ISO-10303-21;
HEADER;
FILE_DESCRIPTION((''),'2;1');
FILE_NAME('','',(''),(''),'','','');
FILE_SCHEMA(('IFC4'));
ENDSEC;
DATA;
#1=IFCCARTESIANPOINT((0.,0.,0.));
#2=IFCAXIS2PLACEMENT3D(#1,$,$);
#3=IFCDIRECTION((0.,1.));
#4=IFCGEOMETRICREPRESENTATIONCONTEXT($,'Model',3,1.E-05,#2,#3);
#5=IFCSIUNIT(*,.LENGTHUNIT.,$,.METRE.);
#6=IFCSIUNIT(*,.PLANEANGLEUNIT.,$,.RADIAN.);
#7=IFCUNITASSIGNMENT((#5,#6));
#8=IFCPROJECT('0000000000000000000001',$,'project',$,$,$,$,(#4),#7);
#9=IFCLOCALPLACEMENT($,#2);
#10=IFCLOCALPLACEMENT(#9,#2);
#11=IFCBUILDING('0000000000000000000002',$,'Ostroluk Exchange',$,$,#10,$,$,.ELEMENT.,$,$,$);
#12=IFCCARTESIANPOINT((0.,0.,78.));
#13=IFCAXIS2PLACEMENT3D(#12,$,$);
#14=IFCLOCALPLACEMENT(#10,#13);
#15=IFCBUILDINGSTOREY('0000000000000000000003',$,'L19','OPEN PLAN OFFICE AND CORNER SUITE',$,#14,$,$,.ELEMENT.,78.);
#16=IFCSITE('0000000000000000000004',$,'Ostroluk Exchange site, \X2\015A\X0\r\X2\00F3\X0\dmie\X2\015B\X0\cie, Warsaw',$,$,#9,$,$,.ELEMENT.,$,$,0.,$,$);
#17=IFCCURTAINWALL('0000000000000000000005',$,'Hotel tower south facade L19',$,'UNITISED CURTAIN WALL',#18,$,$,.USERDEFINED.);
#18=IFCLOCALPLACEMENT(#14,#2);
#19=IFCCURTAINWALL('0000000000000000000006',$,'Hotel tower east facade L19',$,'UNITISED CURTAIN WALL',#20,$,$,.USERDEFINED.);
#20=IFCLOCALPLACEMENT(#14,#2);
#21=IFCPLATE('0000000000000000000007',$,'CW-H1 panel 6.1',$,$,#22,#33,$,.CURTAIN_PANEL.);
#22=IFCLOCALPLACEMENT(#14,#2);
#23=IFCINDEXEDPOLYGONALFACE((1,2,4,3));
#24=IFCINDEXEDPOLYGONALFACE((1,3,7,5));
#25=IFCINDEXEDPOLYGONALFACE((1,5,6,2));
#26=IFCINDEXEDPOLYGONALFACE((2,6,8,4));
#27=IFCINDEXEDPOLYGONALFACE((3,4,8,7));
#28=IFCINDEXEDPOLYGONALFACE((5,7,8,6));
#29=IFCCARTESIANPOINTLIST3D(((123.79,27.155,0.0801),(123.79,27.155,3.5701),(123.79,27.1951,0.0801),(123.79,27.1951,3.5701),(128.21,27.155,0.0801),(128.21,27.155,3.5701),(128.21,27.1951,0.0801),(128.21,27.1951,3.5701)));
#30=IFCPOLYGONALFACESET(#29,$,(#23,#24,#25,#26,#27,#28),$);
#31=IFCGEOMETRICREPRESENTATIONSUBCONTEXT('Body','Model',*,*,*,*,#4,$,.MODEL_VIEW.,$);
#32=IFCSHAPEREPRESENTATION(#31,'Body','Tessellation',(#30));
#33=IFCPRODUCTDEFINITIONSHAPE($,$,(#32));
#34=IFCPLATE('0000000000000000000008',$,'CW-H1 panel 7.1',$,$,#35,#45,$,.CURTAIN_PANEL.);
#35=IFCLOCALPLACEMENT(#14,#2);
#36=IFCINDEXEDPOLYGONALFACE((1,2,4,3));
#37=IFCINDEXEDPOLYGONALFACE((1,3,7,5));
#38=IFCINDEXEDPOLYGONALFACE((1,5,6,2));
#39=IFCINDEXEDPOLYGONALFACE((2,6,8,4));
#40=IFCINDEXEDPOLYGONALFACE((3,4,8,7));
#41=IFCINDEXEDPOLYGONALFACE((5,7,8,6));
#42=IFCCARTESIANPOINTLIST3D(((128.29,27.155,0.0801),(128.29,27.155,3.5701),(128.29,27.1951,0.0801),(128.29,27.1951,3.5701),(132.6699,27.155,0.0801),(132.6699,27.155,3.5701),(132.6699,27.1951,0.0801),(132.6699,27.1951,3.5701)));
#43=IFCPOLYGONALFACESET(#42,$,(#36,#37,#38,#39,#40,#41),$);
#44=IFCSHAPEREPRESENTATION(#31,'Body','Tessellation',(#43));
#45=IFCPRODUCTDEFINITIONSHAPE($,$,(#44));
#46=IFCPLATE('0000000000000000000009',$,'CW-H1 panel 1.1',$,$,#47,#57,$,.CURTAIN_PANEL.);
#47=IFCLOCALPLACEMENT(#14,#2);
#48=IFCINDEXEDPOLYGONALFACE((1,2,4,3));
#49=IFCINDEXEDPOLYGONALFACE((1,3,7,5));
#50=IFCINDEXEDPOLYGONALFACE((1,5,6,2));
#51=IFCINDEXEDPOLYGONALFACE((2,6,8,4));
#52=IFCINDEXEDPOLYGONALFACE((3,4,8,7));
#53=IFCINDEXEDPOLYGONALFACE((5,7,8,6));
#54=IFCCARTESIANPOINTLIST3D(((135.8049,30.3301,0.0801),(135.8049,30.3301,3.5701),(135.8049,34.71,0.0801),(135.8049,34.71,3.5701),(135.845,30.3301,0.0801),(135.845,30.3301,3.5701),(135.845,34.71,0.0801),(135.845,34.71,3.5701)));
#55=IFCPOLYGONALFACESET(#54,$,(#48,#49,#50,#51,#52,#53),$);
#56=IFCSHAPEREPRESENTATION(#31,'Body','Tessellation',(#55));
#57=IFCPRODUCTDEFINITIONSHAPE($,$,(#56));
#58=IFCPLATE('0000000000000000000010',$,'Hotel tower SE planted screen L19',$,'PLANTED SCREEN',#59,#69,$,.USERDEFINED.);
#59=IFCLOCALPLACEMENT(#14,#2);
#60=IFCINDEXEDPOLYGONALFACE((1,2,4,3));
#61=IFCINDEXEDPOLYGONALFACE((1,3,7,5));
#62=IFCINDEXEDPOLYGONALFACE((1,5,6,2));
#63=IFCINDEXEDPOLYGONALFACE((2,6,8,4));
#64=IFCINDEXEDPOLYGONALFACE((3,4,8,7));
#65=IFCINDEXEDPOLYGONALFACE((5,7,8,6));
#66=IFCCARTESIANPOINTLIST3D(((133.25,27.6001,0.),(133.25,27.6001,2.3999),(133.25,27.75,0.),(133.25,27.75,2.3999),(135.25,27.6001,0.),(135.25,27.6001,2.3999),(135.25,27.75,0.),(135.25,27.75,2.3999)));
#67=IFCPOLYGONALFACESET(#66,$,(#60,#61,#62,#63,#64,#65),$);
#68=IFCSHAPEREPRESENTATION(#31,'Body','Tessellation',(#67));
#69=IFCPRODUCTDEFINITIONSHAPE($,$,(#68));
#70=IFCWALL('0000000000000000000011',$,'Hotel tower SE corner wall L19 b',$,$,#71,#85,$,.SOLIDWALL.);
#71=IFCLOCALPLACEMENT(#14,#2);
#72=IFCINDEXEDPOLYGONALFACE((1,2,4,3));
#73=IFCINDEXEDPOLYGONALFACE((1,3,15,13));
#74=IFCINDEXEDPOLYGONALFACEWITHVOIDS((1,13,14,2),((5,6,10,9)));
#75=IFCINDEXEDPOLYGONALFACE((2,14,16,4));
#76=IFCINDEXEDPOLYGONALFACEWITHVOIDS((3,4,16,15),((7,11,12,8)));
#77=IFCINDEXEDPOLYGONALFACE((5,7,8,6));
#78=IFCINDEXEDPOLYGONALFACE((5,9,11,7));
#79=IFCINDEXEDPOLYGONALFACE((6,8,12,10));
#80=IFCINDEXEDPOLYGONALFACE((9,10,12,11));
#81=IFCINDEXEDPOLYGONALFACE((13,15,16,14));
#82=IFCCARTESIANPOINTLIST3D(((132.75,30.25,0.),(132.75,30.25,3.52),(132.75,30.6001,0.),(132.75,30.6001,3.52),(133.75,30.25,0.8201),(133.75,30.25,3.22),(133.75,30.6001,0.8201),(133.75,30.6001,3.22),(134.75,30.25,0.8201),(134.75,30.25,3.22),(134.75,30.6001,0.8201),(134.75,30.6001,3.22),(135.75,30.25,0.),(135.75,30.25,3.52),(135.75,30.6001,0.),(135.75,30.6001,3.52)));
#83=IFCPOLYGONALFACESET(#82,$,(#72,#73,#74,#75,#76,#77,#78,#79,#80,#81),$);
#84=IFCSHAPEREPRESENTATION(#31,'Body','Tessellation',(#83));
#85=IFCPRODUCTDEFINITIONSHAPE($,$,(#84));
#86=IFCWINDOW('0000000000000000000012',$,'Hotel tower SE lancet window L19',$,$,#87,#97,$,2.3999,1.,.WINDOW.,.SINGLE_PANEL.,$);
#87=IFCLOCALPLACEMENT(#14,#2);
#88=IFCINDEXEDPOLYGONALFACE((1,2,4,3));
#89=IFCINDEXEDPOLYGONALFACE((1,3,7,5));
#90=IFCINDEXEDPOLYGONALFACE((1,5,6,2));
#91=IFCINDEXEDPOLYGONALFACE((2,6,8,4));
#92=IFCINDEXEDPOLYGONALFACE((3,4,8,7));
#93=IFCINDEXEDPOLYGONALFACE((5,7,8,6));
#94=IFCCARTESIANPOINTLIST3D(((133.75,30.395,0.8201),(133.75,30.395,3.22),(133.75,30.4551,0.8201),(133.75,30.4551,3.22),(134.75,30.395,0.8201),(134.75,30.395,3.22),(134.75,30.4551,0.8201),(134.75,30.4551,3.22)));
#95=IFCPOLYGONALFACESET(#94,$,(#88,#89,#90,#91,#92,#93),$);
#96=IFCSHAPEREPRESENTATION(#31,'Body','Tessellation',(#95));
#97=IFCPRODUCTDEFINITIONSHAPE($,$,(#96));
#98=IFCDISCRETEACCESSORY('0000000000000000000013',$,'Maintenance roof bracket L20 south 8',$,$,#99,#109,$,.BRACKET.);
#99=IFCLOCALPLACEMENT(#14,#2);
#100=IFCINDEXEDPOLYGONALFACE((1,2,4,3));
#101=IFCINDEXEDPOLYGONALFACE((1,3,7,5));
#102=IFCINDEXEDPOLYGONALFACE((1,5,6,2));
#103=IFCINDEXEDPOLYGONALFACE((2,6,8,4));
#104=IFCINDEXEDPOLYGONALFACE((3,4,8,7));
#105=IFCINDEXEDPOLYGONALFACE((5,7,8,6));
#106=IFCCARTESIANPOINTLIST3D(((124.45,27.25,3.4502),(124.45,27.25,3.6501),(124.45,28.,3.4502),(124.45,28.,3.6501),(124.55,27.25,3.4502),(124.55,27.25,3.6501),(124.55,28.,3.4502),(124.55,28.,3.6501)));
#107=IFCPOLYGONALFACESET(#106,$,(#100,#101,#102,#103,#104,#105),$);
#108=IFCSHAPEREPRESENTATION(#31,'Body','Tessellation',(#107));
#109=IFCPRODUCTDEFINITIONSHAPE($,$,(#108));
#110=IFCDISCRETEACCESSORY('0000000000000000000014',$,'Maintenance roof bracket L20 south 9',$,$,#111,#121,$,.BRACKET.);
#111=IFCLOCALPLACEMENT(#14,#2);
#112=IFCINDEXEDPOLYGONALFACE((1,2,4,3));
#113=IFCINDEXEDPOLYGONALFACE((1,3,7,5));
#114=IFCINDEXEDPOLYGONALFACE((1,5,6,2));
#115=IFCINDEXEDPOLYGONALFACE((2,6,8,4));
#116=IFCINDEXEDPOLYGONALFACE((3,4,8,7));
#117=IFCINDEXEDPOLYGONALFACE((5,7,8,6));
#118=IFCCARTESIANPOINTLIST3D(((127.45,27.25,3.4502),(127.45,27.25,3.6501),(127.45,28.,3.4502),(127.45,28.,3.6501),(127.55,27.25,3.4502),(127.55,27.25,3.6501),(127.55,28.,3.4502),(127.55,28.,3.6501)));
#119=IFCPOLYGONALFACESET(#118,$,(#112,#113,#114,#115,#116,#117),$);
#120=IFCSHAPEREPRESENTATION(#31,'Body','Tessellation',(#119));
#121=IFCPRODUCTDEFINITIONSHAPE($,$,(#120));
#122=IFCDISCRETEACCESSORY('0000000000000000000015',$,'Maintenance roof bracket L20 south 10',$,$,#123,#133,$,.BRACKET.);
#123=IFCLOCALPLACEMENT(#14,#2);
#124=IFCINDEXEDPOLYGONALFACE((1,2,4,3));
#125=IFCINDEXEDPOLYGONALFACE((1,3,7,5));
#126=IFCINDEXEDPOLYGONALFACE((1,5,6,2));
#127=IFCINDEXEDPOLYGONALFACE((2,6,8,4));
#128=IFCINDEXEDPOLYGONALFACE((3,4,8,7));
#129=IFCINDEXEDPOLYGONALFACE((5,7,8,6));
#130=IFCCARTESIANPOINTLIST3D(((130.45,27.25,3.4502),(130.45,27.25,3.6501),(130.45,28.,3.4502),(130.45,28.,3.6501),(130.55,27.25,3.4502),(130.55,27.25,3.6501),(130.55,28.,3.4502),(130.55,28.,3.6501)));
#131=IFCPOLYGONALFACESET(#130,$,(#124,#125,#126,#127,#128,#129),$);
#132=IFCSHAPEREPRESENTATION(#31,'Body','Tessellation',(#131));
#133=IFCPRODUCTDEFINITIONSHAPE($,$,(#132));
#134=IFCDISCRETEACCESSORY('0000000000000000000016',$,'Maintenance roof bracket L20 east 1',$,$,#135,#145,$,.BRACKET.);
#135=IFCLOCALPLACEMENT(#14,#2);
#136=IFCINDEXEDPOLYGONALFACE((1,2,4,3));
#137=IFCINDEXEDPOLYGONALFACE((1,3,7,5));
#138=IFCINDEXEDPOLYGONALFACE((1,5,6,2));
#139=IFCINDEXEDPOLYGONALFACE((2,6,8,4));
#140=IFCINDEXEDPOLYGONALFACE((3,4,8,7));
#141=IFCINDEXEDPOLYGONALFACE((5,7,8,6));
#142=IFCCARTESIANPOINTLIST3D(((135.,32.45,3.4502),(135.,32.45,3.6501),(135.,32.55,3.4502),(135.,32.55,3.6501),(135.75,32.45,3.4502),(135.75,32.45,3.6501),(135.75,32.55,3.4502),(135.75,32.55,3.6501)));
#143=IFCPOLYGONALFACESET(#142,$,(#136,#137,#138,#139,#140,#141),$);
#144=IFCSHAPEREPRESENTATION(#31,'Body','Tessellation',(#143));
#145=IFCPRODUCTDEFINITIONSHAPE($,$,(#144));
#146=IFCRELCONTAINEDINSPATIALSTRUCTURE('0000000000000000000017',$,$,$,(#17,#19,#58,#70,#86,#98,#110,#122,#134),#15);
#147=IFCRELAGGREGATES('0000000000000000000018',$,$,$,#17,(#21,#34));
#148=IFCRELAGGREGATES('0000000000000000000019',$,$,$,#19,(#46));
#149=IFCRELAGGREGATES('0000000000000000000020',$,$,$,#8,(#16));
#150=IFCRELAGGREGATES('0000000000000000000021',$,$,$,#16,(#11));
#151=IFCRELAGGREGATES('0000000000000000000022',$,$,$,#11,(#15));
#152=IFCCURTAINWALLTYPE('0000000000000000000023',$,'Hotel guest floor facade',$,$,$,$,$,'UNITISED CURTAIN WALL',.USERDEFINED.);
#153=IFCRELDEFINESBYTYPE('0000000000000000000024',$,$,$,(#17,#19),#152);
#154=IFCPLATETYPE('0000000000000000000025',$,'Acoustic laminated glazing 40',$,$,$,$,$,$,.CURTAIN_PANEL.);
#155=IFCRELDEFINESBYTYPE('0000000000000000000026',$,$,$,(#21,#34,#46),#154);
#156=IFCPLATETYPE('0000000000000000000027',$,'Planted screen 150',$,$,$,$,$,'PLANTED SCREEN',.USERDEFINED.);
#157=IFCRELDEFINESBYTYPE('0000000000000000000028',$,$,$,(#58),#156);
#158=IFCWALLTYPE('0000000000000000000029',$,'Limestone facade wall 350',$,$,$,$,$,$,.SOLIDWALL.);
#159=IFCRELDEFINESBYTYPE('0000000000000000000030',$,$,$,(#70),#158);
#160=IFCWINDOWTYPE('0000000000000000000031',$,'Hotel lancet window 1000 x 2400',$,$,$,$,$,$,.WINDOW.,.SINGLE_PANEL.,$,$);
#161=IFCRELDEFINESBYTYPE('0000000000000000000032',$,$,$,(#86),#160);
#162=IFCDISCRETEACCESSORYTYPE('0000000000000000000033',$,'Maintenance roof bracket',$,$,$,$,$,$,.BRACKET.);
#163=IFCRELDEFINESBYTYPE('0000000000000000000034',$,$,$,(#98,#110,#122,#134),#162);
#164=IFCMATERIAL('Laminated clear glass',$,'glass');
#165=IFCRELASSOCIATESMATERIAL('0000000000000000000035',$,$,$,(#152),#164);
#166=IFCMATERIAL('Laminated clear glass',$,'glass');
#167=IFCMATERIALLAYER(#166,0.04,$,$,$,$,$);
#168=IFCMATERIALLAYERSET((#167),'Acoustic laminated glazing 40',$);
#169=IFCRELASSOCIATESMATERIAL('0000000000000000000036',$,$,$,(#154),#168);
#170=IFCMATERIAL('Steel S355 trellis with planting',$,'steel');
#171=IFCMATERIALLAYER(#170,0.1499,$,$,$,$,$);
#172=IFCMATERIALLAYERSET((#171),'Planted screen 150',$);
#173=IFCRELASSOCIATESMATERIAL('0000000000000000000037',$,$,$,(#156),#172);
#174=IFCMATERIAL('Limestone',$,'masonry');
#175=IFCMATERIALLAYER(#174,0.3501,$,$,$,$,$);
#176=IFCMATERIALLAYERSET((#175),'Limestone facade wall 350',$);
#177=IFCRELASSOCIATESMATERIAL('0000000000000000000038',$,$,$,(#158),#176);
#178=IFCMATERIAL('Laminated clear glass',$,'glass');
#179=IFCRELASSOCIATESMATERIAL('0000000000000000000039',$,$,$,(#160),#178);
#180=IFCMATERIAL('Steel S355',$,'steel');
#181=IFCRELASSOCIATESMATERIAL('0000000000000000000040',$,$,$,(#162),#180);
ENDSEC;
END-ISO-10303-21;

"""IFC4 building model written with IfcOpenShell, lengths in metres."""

from ifc_helpers import new_model, si_unit, direction, frame, frame_2d, origin, origin_2d, place, context, subcontext, project, spatial, rectangle, extrude, material, layer, layer_set, type_object, element, fill, aggregate, save


model = new_model("IFC4")

# Units and contexts
model_context = context("Model", 3, precision=1e-05, world=origin(), true_north=direction((0.0, 1.0)))
body_context = subcontext(model_context, "Body", "Model", "MODEL_VIEW")
ifc_project = project(units=[si_unit("LENGTHUNIT", "METRE"), si_unit("PLANEANGLEUNIT", "RADIAN")], contexts=[model_context])

# Site, building, storey
site_placement = place(None, origin())
site = spatial("IfcSite", under=ifc_project, at=site_placement, Name="Ostroluk Exchange site, Śródmieście, Warsaw", CompositionType="ELEMENT", RefElevation=0.0)
building_placement = place(site_placement, origin())
building = spatial("IfcBuilding", under=site, at=building_placement, Name="Ostroluk Exchange", CompositionType="ELEMENT")
storey_placement = place(building_placement, frame((0.0, 0.0, 78.0)))
storey = spatial("IfcBuildingStorey", under=building, at=storey_placement, Name="L19", Description="OPEN PLAN OFFICE AND CORNER SUITE", CompositionType="ELEMENT", Elevation=78.0)

# Curtain walls
ifc_material_1 = material(Name="Laminated clear glass", Category="glass")
curtain_wall_type = type_object("IfcCurtainWallType", Name="Hotel guest floor facade", ElementType="UNITISED CURTAIN WALL", PredefinedType="USERDEFINED", material=ifc_material_1)
curtain_wall_1_placement = place(storey_placement, origin())
curtain_wall_1 = element("IfcCurtainWall", 1, at=curtain_wall_1_placement, inside=storey, type_object=curtain_wall_type, Name="Hotel tower south facade L19", ObjectType="UNITISED CURTAIN WALL", PredefinedType="USERDEFINED")
curtain_wall_2_placement = place(storey_placement, origin())
curtain_wall_2 = element("IfcCurtainWall", 2, at=curtain_wall_2_placement, inside=storey, type_object=curtain_wall_type, Name="Hotel tower east facade L19", ObjectType="UNITISED CURTAIN WALL", PredefinedType="USERDEFINED")

# Plates
ifc_material_2 = material(Name="Laminated clear glass", Category="glass")
ifc_layer_1 = layer(ifc_material_2, 0.04)
ifc_layer_set_1 = layer_set([ifc_layer_1], Name="Acoustic laminated glazing 40")
plate_type_1 = type_object("IfcPlateType", Name="Acoustic laminated glazing 40", PredefinedType="CURTAIN_PANEL", material=ifc_layer_set_1)
plate_1_placement = place(storey_placement, frame((126.0, 27.175, 0.0801), z_axis=(0.0, 0.0, 1.0), x_axis=(1.0, 0.0, 0.0)))
plate_1 = element("IfcPlate", 3, at=plate_1_placement, type_object=plate_type_1, Name="CW-H1 panel 6.1", PredefinedType="CURTAIN_PANEL", context=body_context, shape_type="SweptSolid", body=[
    extrude(rectangle(XDim=4.4199, YDim=0.04, at=origin_2d()), origin(), (0.0, 0.0, 1.0), 3.49),
])
plate_2_placement = place(storey_placement, frame((130.48, 27.175, 0.0801), z_axis=(0.0, 0.0, 1.0), x_axis=(1.0, 0.0, 0.0)))
plate_2 = element("IfcPlate", 4, at=plate_2_placement, type_object=plate_type_1, Name="CW-H1 panel 7.1", PredefinedType="CURTAIN_PANEL", context=body_context, shape_type="SweptSolid", body=[
    extrude(rectangle(XDim=4.3799, YDim=0.04, at=origin_2d()), origin(), (0.0, 0.0, 1.0), 3.49),
])
aggregate(curtain_wall_1, [plate_1, plate_2])
plate_3_placement = place(storey_placement, frame((135.825, 32.52, 0.0801), z_axis=(0.0, 0.0, 1.0), x_axis=(0.0, 1.0, 0.0)))
plate_3 = element("IfcPlate", 5, at=plate_3_placement, type_object=plate_type_1, Name="CW-H1 panel 1.1", PredefinedType="CURTAIN_PANEL", context=body_context, shape_type="SweptSolid", body=[
    extrude(rectangle(XDim=4.3799, YDim=0.04, at=origin_2d()), origin(), (0.0, 0.0, 1.0), 3.49),
])
aggregate(curtain_wall_2, [plate_3])
ifc_material_3 = material(Name="Steel S355 trellis with planting", Category="steel")
ifc_layer_2 = layer(ifc_material_3, 0.1499)
ifc_layer_set_2 = layer_set([ifc_layer_2], Name="Planted screen 150")
plate_type_2 = type_object("IfcPlateType", Name="Planted screen 150", ElementType="PLANTED SCREEN", PredefinedType="USERDEFINED", material=ifc_layer_set_2)
plate_4_placement = place(storey_placement, frame((134.25, 27.675, 0.0), z_axis=(0.0, 0.0, 1.0), x_axis=(1.0, 0.0, 0.0)))
element("IfcPlate", 6, at=plate_4_placement, inside=storey, type_object=plate_type_2, Name="Hotel tower SE planted screen L19", ObjectType="PLANTED SCREEN", PredefinedType="USERDEFINED", context=body_context, shape_type="SweptSolid", body=[
    extrude(rectangle(XDim=2.0, YDim=0.1499, at=origin_2d()), origin(), (0.0, 0.0, 1.0), 2.3999),
])

# Shared definitions
ifc_material_4 = material(Name="Limestone", Category="masonry")
ifc_layer_3 = layer(ifc_material_4, 0.3501)
ifc_layer_set_3 = layer_set([ifc_layer_3], Name="Limestone facade wall 350")
wall_type = type_object("IfcWallType", Name="Limestone facade wall 350", PredefinedType="SOLIDWALL", material=ifc_layer_set_3)

# Wall, opening, window
wall_1_placement = place(storey_placement, frame((132.75, 30.425, 0.0), z_axis=(0.0, 0.0, 1.0), x_axis=(1.0, 0.0, 0.0)))
wall_1 = element("IfcWall", 7, at=wall_1_placement, inside=storey, type_object=wall_type, Name="Hotel tower SE corner wall L19 b", PredefinedType="SOLIDWALL", context=body_context, shape_type="SweptSolid", body=[
    extrude(rectangle(XDim=3.0, YDim=0.3501, at=frame_2d((1.5, 0.0))), origin(), (0.0, 0.0, 1.0), 3.52),
])
opening_1_placement = place(wall_1_placement, frame((1.0, 0.0, 0.8201)))
opening_1 = element("IfcOpeningElement", 8, at=opening_1_placement, cuts=wall_1, PredefinedType="OPENING", context=body_context, shape_type="SweptSolid", body=[
    extrude(rectangle(XDim=1.0, YDim=2.3999, at=frame_2d((0.5, 1.2))), frame((0.0, 0.1851, 0.0), z_axis=(0.0, -1.0, 0.0), x_axis=(1.0, 0.0, 0.0)), (0.0, 0.0, 1.0), 0.3701),
])
ifc_material_5 = material(Name="Laminated clear glass", Category="glass")
window_type = type_object("IfcWindowType", Name="Hotel lancet window 1000 x 2400", PartitioningType="SINGLE_PANEL", PredefinedType="WINDOW", material=ifc_material_5)
window_placement = place(opening_1_placement, origin())
window = element("IfcWindow", 9, at=window_placement, inside=storey, type_object=window_type, Name="Hotel tower SE lancet window L19", OverallHeight=2.3999, OverallWidth=1.0, PartitioningType="SINGLE_PANEL", PredefinedType="WINDOW", context=body_context, shape_type="SweptSolid", body=[
    extrude(rectangle(XDim=1.0, YDim=2.3999, at=frame_2d((0.5, 1.2))), frame((0.0, 0.03, 0.0), z_axis=(0.0, -1.0, 0.0), x_axis=(1.0, 0.0, 0.0)), (0.0, 0.0, 1.0), 0.0601),
])
fill(opening_1, window)

# Discrete accessories
ifc_material_6 = material(Name="Steel S355", Category="steel")
discrete_accessory_type = type_object("IfcDiscreteAccessoryType", Name="Maintenance roof bracket", PredefinedType="BRACKET", material=ifc_material_6)
for number, where, z_axis, x_axis, name in (
    (10, (124.5, 27.625, 3.4502), (0.0, 0.0, 1.0), (1.0, 0.0, 0.0), "Maintenance roof bracket L20 south 8"),
    (11, (127.5, 27.625, 3.4502), (0.0, 0.0, 1.0), (1.0, 0.0, 0.0), "Maintenance roof bracket L20 south 9"),
    (12, (130.5, 27.625, 3.4502), (0.0, 0.0, 1.0), (1.0, 0.0, 0.0), "Maintenance roof bracket L20 south 10"),
):
    element("IfcDiscreteAccessory", number, at=place(storey_placement, frame(where, z_axis=z_axis, x_axis=x_axis)), inside=storey, type_object=discrete_accessory_type, Name=name, PredefinedType="BRACKET", context=body_context, shape_type="SweptSolid", body=[
        extrude(rectangle(XDim=0.1001, YDim=0.75, at=origin_2d()), origin(), (0.0, 0.0, 1.0), 0.2),
    ])
discrete_accessory_placement = place(storey_placement, frame((135.375, 32.5, 3.4502), z_axis=(0.0, 0.0, 1.0), x_axis=(1.0, 0.0, 0.0)))
element("IfcDiscreteAccessory", 13, at=discrete_accessory_placement, inside=storey, type_object=discrete_accessory_type, Name="Maintenance roof bracket L20 east 1", PredefinedType="BRACKET", context=body_context, shape_type="SweptSolid", body=[
    extrude(rectangle(XDim=0.75, YDim=0.1001, at=origin_2d()), origin(), (0.0, 0.0, 1.0), 0.2),
])

save(model, "model.ifc")
